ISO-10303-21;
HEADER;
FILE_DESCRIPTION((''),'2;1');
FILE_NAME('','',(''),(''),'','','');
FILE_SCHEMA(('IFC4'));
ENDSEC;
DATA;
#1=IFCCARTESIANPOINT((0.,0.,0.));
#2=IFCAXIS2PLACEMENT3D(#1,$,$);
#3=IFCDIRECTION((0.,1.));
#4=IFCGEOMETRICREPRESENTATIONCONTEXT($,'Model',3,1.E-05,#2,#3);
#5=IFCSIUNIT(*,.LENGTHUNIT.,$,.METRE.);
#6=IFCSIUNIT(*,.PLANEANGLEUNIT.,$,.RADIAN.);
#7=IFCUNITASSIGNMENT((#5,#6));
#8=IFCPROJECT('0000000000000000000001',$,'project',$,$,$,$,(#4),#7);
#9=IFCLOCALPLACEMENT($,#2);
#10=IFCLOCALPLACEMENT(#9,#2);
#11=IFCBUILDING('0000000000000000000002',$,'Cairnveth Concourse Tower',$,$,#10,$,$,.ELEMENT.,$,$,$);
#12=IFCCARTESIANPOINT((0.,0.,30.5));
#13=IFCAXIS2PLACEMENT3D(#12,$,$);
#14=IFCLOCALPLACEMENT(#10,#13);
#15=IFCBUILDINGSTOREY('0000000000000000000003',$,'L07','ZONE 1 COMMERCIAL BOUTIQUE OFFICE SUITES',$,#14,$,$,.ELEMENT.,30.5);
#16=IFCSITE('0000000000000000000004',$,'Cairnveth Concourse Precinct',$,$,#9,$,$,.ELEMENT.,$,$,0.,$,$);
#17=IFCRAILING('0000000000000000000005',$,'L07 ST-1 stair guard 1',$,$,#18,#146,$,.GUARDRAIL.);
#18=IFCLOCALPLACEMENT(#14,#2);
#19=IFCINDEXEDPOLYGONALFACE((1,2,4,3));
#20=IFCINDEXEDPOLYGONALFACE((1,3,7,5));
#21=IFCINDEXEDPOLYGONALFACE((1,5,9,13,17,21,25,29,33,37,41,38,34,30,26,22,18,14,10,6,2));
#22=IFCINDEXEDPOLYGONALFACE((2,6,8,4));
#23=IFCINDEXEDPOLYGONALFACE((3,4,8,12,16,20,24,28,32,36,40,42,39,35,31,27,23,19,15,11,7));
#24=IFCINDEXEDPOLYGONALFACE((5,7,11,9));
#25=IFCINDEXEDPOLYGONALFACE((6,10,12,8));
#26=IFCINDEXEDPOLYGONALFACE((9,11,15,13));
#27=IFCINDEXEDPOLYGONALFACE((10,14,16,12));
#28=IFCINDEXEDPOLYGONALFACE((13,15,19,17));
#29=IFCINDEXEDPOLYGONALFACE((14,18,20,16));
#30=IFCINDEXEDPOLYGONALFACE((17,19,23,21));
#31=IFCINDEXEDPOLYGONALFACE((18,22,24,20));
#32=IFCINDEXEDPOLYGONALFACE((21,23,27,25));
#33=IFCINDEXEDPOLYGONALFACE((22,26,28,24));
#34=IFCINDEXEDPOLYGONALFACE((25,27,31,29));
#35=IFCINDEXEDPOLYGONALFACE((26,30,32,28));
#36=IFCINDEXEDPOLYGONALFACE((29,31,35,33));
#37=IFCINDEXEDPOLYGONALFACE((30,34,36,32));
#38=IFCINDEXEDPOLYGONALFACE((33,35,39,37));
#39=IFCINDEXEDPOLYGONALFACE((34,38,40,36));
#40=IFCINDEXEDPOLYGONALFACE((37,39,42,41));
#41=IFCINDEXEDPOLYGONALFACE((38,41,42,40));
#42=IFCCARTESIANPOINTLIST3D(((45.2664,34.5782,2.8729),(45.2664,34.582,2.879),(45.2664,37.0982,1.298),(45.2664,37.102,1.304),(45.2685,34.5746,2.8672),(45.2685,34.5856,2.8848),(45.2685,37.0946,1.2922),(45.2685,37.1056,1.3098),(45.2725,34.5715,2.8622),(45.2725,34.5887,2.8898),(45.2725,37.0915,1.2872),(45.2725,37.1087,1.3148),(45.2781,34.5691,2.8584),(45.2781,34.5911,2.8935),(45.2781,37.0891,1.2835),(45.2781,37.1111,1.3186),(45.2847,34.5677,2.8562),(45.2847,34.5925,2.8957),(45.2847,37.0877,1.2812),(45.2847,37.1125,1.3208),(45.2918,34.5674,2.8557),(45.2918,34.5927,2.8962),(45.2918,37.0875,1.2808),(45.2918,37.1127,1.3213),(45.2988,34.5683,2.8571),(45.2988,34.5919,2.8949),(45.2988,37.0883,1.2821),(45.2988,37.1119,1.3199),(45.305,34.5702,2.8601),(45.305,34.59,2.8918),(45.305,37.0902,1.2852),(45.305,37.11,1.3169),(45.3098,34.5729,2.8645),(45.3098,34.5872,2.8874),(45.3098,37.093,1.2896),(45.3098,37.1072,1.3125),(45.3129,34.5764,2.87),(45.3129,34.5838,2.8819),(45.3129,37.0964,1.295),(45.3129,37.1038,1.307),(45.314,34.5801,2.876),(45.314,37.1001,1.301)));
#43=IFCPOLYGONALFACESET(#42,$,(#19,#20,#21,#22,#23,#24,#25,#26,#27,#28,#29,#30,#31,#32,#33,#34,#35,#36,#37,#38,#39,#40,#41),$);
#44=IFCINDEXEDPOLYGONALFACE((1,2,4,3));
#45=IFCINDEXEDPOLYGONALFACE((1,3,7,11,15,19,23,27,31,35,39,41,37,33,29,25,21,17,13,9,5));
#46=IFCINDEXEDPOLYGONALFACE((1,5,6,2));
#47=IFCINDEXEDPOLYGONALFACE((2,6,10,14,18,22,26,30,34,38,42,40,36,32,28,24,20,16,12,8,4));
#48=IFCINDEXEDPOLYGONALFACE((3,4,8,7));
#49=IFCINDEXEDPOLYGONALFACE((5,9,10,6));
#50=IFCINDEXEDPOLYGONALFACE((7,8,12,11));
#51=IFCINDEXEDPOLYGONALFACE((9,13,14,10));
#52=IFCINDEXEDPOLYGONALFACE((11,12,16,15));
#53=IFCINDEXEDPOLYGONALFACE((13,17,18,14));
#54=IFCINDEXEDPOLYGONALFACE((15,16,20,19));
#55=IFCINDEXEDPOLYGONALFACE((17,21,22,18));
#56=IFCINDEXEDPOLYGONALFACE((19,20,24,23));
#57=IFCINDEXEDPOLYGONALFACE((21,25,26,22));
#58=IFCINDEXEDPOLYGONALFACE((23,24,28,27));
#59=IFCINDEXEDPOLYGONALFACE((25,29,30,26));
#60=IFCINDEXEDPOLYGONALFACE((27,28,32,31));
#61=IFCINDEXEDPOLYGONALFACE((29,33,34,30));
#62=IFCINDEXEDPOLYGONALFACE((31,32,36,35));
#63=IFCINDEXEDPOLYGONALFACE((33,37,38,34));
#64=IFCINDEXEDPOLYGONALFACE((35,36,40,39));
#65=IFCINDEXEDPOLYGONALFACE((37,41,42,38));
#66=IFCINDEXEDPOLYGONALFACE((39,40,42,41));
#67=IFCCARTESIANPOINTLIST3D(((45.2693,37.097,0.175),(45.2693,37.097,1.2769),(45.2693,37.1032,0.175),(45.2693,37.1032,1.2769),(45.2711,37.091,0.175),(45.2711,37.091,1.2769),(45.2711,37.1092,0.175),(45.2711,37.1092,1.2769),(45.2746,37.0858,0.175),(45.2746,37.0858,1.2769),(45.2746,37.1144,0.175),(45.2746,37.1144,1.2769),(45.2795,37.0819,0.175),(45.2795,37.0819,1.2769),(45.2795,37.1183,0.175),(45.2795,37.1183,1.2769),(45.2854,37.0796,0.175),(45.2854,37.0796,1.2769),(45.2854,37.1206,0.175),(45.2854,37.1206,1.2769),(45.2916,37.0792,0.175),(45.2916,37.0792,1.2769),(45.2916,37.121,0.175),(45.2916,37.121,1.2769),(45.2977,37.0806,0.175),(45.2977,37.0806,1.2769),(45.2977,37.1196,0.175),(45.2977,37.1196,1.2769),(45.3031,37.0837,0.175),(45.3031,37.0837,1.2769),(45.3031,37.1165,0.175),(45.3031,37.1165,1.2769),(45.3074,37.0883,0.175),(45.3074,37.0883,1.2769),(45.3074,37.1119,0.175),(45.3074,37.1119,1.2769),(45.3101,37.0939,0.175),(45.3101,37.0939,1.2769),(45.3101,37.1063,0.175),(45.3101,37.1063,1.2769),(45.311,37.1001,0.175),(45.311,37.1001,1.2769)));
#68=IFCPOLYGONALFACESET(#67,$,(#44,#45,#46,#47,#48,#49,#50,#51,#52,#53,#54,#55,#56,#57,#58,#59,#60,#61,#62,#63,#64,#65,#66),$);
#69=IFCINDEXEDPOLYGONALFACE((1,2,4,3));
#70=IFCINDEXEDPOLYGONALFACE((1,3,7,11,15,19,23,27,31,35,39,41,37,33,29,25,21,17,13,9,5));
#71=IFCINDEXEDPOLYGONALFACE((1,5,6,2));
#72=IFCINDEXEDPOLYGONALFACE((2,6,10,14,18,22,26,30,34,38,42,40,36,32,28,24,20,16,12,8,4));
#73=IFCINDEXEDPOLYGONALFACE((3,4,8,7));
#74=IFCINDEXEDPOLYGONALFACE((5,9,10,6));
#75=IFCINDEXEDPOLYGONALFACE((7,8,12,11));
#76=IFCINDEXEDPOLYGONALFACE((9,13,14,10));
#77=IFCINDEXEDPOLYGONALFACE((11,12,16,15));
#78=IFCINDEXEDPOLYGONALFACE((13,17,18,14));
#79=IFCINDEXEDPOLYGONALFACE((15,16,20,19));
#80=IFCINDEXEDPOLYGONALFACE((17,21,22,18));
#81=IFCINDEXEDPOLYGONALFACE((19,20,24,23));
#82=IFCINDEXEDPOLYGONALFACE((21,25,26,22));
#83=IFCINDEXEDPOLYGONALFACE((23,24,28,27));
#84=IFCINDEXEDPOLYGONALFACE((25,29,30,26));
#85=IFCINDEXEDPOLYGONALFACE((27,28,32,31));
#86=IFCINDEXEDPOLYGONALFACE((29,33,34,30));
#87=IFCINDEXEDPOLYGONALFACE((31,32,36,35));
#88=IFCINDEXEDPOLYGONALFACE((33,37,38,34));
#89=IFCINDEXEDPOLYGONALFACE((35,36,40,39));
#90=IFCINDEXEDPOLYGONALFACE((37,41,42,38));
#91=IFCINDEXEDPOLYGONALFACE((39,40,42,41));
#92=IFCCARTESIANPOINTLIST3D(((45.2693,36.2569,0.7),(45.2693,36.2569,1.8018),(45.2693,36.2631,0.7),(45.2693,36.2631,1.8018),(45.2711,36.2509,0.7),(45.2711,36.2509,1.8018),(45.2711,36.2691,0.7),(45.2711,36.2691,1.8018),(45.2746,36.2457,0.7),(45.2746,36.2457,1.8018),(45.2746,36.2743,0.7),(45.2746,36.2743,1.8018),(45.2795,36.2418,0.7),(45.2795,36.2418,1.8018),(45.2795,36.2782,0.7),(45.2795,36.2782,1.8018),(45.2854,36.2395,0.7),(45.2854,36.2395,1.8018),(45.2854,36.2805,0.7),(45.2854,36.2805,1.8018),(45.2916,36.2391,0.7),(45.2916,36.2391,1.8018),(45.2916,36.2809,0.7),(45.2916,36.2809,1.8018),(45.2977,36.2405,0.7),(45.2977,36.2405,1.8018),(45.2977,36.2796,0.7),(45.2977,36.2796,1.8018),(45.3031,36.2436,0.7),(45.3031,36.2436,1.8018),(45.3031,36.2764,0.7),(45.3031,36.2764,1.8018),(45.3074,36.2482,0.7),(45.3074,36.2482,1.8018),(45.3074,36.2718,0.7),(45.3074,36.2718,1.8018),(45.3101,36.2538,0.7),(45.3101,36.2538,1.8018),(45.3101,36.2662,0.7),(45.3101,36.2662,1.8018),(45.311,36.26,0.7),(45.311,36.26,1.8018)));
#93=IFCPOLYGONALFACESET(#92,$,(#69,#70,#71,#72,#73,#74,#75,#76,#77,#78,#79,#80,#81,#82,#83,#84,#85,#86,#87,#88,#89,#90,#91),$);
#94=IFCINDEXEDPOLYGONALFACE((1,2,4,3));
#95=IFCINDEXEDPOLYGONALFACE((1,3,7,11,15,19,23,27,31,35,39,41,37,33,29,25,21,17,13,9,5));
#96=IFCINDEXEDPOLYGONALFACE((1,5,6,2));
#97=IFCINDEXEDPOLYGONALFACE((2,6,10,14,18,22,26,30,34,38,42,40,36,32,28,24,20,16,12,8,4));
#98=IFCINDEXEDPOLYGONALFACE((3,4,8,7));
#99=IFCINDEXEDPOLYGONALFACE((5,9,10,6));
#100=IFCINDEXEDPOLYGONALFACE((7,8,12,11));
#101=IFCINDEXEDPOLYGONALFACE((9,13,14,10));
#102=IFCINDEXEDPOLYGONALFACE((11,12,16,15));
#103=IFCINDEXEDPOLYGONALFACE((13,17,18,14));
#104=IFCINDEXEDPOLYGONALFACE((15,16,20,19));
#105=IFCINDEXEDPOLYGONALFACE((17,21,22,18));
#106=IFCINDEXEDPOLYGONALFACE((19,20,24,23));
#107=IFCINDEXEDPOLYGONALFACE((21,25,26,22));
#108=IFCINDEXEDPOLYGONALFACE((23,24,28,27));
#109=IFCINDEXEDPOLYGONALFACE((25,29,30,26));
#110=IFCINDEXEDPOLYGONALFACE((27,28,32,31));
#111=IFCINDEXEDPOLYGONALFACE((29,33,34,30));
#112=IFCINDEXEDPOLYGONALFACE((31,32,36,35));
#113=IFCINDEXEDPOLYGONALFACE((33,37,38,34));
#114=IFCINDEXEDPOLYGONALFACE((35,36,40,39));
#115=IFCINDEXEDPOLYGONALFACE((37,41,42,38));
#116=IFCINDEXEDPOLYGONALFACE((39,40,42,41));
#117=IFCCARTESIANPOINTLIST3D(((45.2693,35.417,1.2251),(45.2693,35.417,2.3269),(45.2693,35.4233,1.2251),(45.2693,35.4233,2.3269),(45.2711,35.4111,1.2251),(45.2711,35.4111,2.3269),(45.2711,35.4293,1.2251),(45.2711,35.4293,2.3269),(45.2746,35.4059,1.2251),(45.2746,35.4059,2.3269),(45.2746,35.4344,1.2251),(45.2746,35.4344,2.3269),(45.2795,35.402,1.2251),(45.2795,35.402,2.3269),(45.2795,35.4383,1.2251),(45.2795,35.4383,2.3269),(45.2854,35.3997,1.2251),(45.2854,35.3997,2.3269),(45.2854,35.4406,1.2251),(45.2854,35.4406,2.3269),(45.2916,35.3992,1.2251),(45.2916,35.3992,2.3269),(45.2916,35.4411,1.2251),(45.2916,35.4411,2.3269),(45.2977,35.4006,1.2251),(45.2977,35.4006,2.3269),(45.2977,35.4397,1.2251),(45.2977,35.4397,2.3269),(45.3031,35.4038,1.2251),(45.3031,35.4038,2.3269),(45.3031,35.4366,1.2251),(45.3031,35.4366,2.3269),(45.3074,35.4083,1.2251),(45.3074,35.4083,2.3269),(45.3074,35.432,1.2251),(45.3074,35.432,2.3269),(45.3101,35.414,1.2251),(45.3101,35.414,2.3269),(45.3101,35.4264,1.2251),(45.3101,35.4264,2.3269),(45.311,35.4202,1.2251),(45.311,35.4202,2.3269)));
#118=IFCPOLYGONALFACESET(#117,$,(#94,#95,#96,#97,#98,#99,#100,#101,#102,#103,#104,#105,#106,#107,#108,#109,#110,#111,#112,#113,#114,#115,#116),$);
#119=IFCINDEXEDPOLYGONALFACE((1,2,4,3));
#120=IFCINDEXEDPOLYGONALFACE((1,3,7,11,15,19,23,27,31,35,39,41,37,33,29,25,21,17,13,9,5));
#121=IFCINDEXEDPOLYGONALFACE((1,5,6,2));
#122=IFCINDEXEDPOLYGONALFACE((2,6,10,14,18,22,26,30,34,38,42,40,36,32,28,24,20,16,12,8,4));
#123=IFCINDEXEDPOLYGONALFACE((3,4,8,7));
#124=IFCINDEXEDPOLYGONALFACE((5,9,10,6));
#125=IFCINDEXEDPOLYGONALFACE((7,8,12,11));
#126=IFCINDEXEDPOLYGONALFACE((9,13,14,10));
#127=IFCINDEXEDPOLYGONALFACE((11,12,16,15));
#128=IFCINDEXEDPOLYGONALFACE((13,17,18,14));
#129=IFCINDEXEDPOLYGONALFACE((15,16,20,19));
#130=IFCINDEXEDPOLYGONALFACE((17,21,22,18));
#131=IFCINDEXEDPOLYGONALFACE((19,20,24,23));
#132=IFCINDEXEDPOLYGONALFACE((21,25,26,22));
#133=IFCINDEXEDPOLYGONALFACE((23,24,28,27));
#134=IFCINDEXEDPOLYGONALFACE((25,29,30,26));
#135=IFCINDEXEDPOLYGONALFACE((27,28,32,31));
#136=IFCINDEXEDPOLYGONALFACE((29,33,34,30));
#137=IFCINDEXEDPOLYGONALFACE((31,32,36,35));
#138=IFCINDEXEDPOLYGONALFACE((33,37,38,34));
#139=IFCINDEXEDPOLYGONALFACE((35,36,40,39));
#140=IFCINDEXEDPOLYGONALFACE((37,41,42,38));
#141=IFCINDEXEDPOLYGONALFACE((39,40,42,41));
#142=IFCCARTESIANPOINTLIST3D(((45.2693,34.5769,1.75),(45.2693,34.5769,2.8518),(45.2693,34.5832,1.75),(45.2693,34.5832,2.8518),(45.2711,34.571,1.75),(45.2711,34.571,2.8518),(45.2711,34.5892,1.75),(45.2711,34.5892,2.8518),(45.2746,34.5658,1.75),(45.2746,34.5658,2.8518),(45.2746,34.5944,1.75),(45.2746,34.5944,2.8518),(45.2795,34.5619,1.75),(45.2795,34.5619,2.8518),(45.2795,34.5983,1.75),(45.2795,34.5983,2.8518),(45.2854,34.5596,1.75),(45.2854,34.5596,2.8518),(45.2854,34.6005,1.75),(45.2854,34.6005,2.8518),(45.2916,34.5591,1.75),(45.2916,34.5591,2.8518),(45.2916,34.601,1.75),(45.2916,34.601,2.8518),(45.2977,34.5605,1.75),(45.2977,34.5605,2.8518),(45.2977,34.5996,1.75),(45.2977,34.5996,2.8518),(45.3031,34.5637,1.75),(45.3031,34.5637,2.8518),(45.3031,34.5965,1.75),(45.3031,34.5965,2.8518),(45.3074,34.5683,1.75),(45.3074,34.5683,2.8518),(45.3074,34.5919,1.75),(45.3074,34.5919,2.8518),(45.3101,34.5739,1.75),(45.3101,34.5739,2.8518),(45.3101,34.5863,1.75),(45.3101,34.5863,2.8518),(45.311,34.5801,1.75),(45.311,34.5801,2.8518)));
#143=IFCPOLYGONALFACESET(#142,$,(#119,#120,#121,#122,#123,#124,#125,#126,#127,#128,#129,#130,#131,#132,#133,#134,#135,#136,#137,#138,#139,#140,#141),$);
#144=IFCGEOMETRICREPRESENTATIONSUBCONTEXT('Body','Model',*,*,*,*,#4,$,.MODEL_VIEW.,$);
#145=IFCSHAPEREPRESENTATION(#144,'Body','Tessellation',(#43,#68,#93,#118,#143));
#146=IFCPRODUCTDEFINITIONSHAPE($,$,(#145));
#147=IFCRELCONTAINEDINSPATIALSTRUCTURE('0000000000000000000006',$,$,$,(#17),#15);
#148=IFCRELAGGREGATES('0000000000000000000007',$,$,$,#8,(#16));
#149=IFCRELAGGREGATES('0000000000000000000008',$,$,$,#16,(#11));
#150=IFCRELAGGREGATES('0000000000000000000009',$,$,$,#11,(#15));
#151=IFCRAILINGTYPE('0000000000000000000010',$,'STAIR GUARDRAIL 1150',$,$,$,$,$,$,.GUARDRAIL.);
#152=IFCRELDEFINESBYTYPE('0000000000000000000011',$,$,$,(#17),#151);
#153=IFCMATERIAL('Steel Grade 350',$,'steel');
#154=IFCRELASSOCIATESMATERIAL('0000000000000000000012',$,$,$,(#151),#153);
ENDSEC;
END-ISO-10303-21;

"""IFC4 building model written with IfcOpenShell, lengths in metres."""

from ifc_helpers import new_model, si_unit, direction, frame, origin, origin_2d, place, context, subcontext, project, spatial, circle, extrude, material, type_object, element, save


model = new_model("IFC4")

# Units and contexts
model_context = context("Model", 3, precision=1e-05, world=origin(), true_north=direction((0.0, 1.0)))
body_context = subcontext(model_context, "Body", "Model", "MODEL_VIEW")
ifc_project = project(units=[si_unit("LENGTHUNIT", "METRE"), si_unit("PLANEANGLEUNIT", "RADIAN")], contexts=[model_context])

# Site, building, storey
site_placement = place(None, origin())
site = spatial("IfcSite", under=ifc_project, at=site_placement, Name="Cairnveth Concourse Precinct", CompositionType="ELEMENT", RefElevation=0.0)
building_placement = place(site_placement, origin())
building = spatial("IfcBuilding", under=site, at=building_placement, Name="Cairnveth Concourse Tower", CompositionType="ELEMENT")
storey_placement = place(building_placement, frame((0.0, 0.0, 30.5)))
storey = spatial("IfcBuildingStorey", under=building, at=storey_placement, Name="L07", Description="ZONE 1 COMMERCIAL BOUTIQUE OFFICE SUITES", CompositionType="ELEMENT", Elevation=30.5)

# Shared definitions
ifc_material_1 = material(Name="Steel Grade 350", Category="steel")

# Railing
railing_type_1 = type_object("IfcRailingType", Name="STAIR GUARDRAIL 1150", PredefinedType="GUARDRAIL", material=ifc_material_1)
railing_1_placement = place(storey_placement, frame((45.29, 37.1001, 0.175)))
element("IfcRailing", 1, at=railing_1_placement, inside=storey, type_object=railing_type_1, Name="L07 ST-1 stair guard 1", PredefinedType="GUARDRAIL", context=body_context, shape_type="SweptSolid", body=[
    extrude(circle(Radius=0.0239, at=origin_2d()), frame((0.0, 0.0, 1.126), z_axis=(0.0, -0.848008, 0.529984), x_axis=(1.0, 0.0, 0.0)), (0.0, 0.0, 1.0), 2.9717),
    extrude(circle(Radius=0.021, at=origin_2d()), origin(), (0.0, 0.0, 1.0), 1.1018),
    extrude(circle(Radius=0.021, at=origin_2d()), frame((0.0, -0.8401, 0.5249)), (0.0, 0.0, 1.0), 1.1018),
    extrude(circle(Radius=0.021, at=origin_2d()), frame((0.0, -1.6799, 1.05)), (0.0, 0.0, 1.0), 1.1018),
    extrude(circle(Radius=0.021, at=origin_2d()), frame((0.0, -2.52, 1.575)), (0.0, 0.0, 1.0), 1.1018),
])

save(model, "model.ifc")
